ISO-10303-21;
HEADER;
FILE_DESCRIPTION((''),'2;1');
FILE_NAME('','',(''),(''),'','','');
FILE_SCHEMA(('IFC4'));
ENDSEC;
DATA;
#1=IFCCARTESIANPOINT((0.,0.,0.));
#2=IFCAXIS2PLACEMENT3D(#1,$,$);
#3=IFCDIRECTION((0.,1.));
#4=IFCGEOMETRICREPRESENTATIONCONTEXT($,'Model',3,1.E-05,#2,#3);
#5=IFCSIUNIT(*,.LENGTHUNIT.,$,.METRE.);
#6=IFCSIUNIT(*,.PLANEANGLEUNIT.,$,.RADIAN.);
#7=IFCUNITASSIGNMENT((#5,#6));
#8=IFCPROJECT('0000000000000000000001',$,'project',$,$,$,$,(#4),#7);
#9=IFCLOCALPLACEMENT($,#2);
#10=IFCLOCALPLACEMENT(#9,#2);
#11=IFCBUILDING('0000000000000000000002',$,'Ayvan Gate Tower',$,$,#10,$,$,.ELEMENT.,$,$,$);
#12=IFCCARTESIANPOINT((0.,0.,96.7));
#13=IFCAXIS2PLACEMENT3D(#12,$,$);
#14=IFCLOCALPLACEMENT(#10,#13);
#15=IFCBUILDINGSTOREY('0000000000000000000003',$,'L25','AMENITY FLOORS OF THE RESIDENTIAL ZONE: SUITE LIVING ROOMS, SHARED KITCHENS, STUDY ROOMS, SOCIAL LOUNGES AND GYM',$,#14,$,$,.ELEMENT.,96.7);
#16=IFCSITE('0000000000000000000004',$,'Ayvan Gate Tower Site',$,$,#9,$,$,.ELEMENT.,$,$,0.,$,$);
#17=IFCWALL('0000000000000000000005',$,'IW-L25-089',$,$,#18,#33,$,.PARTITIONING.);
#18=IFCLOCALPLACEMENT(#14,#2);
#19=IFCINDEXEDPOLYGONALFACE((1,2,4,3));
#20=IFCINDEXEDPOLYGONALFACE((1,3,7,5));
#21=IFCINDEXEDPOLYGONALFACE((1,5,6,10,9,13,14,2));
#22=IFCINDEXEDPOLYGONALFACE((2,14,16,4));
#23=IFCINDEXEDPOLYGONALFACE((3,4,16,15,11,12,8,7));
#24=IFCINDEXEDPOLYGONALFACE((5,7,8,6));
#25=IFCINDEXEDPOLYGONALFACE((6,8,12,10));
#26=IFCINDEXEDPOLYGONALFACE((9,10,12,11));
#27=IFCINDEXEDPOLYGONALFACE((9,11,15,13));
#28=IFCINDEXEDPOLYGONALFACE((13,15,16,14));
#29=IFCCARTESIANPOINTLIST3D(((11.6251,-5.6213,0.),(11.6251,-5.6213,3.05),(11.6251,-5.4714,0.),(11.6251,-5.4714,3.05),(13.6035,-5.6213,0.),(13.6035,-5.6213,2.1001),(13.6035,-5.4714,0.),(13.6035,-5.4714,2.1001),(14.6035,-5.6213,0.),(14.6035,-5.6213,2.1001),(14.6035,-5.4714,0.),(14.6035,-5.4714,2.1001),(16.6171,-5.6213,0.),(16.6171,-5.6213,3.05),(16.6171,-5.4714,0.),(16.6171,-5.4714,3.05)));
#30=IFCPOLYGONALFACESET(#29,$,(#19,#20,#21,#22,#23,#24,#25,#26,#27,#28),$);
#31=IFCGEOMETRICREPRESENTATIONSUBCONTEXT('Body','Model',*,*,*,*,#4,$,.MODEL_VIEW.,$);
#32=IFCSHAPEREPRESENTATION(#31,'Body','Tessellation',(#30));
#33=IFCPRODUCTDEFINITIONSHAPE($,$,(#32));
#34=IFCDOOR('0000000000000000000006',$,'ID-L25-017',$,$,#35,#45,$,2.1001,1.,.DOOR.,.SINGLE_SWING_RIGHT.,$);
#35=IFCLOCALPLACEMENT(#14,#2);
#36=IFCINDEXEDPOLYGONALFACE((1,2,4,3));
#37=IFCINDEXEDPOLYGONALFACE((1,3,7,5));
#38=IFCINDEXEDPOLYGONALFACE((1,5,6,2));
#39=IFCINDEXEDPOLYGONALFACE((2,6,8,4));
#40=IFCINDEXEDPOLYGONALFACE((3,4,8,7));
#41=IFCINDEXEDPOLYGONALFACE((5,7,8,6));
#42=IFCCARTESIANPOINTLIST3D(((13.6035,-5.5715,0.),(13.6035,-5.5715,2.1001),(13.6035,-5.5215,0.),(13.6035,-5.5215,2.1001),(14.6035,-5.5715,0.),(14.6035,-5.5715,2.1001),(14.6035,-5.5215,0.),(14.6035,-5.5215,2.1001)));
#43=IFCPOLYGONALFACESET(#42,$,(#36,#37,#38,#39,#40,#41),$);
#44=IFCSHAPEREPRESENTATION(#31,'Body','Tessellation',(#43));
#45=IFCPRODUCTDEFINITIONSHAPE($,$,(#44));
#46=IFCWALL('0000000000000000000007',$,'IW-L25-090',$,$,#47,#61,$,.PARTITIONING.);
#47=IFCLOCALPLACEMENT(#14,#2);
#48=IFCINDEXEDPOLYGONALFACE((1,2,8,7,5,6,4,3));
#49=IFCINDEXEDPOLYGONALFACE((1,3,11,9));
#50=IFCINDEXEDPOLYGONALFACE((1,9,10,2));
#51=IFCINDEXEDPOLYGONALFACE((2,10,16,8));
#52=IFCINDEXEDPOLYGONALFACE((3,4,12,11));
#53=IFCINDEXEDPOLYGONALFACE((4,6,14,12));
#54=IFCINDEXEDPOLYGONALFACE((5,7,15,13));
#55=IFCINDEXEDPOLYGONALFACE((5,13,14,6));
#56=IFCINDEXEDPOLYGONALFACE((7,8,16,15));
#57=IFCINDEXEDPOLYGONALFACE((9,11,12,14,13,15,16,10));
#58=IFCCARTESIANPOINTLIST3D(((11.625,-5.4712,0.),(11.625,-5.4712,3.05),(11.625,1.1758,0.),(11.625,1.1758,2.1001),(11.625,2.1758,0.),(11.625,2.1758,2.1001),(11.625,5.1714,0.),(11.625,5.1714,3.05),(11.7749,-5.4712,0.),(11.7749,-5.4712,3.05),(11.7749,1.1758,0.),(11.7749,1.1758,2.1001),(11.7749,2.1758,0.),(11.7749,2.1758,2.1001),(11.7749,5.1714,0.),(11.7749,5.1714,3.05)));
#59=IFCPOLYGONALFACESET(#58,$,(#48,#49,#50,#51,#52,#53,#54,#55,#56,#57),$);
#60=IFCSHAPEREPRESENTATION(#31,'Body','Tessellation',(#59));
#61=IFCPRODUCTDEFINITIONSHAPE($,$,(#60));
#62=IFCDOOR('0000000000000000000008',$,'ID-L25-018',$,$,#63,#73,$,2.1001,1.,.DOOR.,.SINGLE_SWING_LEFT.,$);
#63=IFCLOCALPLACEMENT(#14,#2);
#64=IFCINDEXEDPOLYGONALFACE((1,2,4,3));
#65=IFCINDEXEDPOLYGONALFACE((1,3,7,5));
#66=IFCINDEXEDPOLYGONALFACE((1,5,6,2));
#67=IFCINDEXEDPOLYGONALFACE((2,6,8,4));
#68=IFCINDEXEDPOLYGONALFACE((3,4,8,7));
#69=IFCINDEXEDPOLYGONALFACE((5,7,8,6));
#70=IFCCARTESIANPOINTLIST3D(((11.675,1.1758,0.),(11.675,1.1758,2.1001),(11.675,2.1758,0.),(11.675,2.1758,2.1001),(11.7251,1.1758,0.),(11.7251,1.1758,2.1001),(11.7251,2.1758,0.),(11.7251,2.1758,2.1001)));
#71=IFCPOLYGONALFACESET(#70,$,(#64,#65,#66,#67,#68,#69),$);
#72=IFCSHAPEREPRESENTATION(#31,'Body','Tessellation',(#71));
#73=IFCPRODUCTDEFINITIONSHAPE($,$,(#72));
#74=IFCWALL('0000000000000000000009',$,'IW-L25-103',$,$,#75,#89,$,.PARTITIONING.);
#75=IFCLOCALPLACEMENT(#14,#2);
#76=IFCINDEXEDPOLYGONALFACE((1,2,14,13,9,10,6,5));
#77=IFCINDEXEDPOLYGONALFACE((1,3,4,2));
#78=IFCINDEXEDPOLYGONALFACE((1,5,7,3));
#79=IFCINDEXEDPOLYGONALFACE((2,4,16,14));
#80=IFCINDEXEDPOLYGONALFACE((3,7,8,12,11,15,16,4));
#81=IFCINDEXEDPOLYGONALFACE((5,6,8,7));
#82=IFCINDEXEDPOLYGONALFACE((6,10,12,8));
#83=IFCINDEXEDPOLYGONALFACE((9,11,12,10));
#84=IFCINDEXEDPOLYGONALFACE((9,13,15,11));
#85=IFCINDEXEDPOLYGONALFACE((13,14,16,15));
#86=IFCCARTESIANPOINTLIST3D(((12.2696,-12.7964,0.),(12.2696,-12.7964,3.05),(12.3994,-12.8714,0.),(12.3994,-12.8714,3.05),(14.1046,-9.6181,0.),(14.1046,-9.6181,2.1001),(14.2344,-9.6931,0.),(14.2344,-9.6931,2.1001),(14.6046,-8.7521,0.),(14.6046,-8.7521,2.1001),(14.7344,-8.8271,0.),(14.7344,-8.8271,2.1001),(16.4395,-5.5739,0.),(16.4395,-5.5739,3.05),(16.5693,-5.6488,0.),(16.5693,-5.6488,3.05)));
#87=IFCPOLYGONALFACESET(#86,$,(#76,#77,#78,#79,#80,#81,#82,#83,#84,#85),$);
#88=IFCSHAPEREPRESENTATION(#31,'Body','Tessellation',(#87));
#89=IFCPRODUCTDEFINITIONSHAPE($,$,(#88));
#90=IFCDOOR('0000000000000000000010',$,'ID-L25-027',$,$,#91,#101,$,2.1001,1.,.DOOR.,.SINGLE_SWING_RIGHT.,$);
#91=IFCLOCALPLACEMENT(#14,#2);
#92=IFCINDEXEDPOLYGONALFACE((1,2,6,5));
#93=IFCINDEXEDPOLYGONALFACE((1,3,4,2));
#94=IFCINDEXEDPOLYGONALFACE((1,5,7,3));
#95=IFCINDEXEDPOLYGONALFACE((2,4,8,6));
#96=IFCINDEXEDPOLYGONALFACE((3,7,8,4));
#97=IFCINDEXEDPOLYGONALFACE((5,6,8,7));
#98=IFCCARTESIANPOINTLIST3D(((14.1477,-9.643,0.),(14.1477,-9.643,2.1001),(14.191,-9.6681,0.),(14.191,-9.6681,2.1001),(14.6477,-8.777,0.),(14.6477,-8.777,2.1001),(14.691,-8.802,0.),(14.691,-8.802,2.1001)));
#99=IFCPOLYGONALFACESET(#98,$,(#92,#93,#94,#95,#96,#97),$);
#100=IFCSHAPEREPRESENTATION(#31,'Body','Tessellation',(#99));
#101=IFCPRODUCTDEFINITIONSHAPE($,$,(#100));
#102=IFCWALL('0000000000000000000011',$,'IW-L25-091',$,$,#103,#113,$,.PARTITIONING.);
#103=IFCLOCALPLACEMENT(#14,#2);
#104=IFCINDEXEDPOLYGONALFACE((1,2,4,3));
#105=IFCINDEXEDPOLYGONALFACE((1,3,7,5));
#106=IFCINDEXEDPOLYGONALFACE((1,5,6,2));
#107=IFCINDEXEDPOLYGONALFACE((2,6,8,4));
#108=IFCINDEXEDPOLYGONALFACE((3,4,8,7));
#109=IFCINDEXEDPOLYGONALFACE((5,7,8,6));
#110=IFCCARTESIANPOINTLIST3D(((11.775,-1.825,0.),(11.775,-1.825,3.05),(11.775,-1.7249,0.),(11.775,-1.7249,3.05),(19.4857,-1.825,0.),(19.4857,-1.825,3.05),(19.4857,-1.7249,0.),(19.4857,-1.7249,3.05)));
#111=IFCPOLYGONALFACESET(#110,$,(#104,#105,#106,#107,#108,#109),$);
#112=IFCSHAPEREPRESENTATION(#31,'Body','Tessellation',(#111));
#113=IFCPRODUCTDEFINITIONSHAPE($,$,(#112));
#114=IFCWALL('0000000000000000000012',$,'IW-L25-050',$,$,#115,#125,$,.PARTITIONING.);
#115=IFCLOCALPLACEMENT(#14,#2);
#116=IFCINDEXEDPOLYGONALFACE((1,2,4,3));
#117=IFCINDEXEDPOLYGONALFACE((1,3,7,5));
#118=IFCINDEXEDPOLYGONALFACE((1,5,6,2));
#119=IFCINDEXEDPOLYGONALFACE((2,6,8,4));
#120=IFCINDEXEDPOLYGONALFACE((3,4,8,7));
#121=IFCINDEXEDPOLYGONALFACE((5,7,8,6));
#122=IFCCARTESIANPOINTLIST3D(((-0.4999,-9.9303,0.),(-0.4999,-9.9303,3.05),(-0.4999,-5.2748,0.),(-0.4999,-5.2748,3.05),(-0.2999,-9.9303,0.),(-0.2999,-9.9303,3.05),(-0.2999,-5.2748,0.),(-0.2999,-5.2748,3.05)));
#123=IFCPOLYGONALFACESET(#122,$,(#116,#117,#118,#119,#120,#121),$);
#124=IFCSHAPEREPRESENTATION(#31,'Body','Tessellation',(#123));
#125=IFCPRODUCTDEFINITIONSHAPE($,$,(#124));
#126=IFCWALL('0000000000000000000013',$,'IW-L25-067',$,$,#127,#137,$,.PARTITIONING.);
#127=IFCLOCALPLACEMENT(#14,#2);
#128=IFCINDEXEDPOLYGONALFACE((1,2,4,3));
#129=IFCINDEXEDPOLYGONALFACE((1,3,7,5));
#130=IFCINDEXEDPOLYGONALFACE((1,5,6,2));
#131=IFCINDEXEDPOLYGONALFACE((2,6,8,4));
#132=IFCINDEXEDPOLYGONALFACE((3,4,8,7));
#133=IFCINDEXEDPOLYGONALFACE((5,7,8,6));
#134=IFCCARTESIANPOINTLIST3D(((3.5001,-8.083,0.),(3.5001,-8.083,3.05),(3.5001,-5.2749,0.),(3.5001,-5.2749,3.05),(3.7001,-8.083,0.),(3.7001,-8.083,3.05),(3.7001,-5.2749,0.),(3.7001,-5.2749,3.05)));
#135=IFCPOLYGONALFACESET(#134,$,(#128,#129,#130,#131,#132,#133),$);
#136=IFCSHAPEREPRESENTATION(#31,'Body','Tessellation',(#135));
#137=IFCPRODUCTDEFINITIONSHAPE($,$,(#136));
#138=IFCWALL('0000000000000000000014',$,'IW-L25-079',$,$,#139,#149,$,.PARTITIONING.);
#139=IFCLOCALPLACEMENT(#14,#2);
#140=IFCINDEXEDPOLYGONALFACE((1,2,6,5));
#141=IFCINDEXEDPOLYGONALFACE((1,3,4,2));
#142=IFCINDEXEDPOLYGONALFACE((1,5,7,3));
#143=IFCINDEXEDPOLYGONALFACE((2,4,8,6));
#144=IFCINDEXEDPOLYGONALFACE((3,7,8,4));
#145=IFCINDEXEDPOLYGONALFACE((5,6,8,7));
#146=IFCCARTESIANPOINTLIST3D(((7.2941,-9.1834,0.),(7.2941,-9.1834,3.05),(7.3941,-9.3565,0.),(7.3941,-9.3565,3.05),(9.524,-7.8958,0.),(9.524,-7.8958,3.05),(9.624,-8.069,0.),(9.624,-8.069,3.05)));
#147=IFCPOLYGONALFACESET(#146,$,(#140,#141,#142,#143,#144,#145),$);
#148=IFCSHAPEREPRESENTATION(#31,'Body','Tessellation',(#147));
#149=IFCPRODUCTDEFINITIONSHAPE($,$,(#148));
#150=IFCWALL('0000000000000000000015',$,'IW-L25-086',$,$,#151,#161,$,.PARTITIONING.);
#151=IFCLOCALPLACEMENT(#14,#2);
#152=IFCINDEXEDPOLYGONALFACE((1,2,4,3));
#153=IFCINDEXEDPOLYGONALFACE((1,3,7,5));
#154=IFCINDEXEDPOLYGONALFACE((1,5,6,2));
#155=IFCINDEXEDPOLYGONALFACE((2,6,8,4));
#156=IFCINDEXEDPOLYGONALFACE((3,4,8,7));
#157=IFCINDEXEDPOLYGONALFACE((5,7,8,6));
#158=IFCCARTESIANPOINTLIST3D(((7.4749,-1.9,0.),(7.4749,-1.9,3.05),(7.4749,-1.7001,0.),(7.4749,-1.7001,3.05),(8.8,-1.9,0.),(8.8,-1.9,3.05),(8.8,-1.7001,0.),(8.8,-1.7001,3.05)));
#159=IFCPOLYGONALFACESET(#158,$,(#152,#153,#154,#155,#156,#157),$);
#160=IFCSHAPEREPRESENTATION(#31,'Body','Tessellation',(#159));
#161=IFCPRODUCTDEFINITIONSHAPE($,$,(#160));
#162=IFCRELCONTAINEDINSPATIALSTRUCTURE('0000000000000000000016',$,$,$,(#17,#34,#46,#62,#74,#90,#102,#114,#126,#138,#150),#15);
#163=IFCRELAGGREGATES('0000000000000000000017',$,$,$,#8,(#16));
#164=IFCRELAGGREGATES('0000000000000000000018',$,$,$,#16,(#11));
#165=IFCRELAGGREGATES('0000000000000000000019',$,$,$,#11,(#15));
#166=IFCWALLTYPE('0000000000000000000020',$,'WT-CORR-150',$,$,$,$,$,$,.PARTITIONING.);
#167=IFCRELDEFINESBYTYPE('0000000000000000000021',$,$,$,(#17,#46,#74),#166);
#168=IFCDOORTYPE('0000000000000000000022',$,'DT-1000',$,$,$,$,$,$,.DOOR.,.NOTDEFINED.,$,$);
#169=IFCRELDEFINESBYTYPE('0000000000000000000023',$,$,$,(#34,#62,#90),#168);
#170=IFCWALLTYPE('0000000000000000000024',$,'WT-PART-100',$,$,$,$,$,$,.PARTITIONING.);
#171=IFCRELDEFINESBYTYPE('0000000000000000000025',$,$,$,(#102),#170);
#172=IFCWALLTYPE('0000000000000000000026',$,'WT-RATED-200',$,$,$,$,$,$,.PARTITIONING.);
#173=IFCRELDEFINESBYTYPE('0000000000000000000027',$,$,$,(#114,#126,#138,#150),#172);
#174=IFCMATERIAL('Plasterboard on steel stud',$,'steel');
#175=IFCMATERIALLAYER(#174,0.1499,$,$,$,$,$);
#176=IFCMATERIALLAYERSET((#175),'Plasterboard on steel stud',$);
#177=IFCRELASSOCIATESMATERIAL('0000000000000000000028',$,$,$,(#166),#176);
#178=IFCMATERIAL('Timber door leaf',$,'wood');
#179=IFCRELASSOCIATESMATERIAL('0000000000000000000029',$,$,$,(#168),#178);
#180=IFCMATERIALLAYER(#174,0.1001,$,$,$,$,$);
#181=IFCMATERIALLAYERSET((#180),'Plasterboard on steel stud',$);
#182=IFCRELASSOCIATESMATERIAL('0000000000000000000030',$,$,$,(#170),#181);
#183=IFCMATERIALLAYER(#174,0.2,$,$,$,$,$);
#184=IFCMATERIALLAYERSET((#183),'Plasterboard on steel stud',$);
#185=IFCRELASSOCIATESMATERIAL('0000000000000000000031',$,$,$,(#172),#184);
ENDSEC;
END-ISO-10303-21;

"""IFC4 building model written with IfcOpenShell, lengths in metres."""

from ifc_helpers import new_model, si_unit, direction, frame, frame_2d, origin, place, context, subcontext, project, spatial, rectangle, extrude, material, layer, layer_set, type_object, element, fill, save


model = new_model("IFC4")

# Units and contexts
model_context = context("Model", 3, precision=1e-05, world=origin(), true_north=direction((0.0, 1.0)))
body_context = subcontext(model_context, "Body", "Model", "MODEL_VIEW")
ifc_project = project(units=[si_unit("LENGTHUNIT", "METRE"), si_unit("PLANEANGLEUNIT", "RADIAN")], contexts=[model_context])

# Site, building, storey
site_placement = place(None, origin())
site = spatial("IfcSite", under=ifc_project, at=site_placement, Name="Ayvan Gate Tower Site", CompositionType="ELEMENT", RefElevation=0.0)
building_placement = place(site_placement, origin())
building = spatial("IfcBuilding", under=site, at=building_placement, Name="Ayvan Gate Tower", CompositionType="ELEMENT")
storey_placement = place(building_placement, frame((0.0, 0.0, 96.7)))
storey = spatial("IfcBuildingStorey", under=building, at=storey_placement, Name="L25", Description="AMENITY FLOORS OF THE RESIDENTIAL ZONE: SUITE LIVING ROOMS, SHARED KITCHENS, STUDY ROOMS, SOCIAL LOUNGES AND GYM", CompositionType="ELEMENT", Elevation=96.7)

# Shared definitions
ifc_material_1 = material(Name="Timber door leaf", Category="wood")

# Walls, openings, doors
ifc_material_2 = material(Name="Plasterboard on steel stud", Category="steel")
ifc_layer_1 = layer(ifc_material_2, 0.1499)
ifc_layer_set_1 = layer_set([ifc_layer_1], Name="Plasterboard on steel stud")
wall_type_1 = type_object("IfcWallType", Name="WT-CORR-150", PredefinedType="PARTITIONING", material=ifc_layer_set_1)
wall_1_placement = place(storey_placement, frame((11.625, -5.5464, 0.0), z_axis=(0.0, 0.0, 1.0), x_axis=(1.0, 0.0, 0.0)))
wall_1 = element("IfcWall", 1, at=wall_1_placement, inside=storey, type_object=wall_type_1, Name="IW-L25-089", PredefinedType="PARTITIONING", context=body_context, shape_type="SweptSolid", body=[
    extrude(rectangle(XDim=4.9919, YDim=0.1499, at=frame_2d((2.4961, 0.0))), origin(), (0.0, 0.0, 1.0), 3.05),
])
opening_1_placement = place(wall_1_placement, frame((1.9785, 0.0, 0.0)))
opening_1 = element("IfcOpeningElement", 2, at=opening_1_placement, cuts=wall_1, PredefinedType="OPENING", context=body_context, shape_type="SweptSolid", body=[
    extrude(rectangle(XDim=1.0, YDim=2.1001, at=frame_2d((0.5, 1.05))), frame((0.0, 0.085, 0.0), z_axis=(0.0, -1.0, 0.0), x_axis=(1.0, 0.0, 0.0)), (0.0, 0.0, 1.0), 0.1699),
])
door_type_1 = type_object("IfcDoorType", Name="DT-1000", OperationType="NOTDEFINED", PredefinedType="DOOR", material=ifc_material_1)
door_1_placement = place(opening_1_placement, origin())
door_1 = element("IfcDoor", 3, at=door_1_placement, inside=storey, type_object=door_type_1, Name="ID-L25-017", OperationType="SINGLE_SWING_RIGHT", OverallHeight=2.1001, OverallWidth=1.0, PredefinedType="DOOR", context=body_context, shape_type="SweptSolid", body=[
    extrude(rectangle(XDim=1.0, YDim=2.1001, at=frame_2d((0.5, 1.05))), frame((0.0, 0.0249, 0.0), z_axis=(0.0, -1.0, 0.0), x_axis=(1.0, 0.0, 0.0)), (0.0, 0.0, 1.0), 0.05),
])
fill(opening_1, door_1)
wall_2_placement = place(storey_placement, frame((11.7, -5.4712, 0.0), z_axis=(0.0, 0.0, 1.0), x_axis=(0.0, 1.0, 0.0)))
wall_2 = element("IfcWall", 4, at=wall_2_placement, inside=storey, type_object=wall_type_1, Name="IW-L25-090", PredefinedType="PARTITIONING", context=body_context, shape_type="SweptSolid", body=[
    extrude(rectangle(XDim=10.6426, YDim=0.1499, at=frame_2d((5.3213, 0.0))), origin(), (0.0, 0.0, 1.0), 3.05),
])
opening_2_placement = place(wall_2_placement, frame((6.647, 0.0, 0.0)))
opening_2 = element("IfcOpeningElement", 5, at=opening_2_placement, cuts=wall_2, PredefinedType="OPENING", context=body_context, shape_type="SweptSolid", body=[
    extrude(rectangle(XDim=1.0, YDim=2.1001, at=frame_2d((0.5, 1.05))), frame((0.0, 0.085, 0.0), z_axis=(0.0, -1.0, 0.0), x_axis=(1.0, 0.0, 0.0)), (0.0, 0.0, 1.0), 0.1699),
])
door_2_placement = place(opening_2_placement, origin())
door_2 = element("IfcDoor", 6, at=door_2_placement, inside=storey, type_object=door_type_1, Name="ID-L25-018", OperationType="SINGLE_SWING_LEFT", OverallHeight=2.1001, OverallWidth=1.0, PredefinedType="DOOR", context=body_context, shape_type="SweptSolid", body=[
    extrude(rectangle(XDim=1.0, YDim=2.1001, at=frame_2d((0.5, 1.05))), frame((0.0, 0.0249, 0.0), z_axis=(0.0, -1.0, 0.0), x_axis=(1.0, 0.0, 0.0)), (0.0, 0.0, 1.0), 0.05),
])
fill(opening_2, door_2)
wall_3_placement = place(storey_placement, frame((16.5044, -5.6113, 0.0), z_axis=(0.0, 0.0, 1.0), x_axis=(-0.499993, -0.86603, 0.0)))
wall_3 = element("IfcWall", 7, at=wall_3_placement, inside=storey, type_object=wall_type_1, Name="IW-L25-103", PredefinedType="PARTITIONING", context=body_context, shape_type="SweptSolid", body=[
    extrude(rectangle(XDim=8.3398, YDim=0.1499, at=frame_2d((4.1699, 0.0))), origin(), (0.0, 0.0, 1.0), 3.05),
])
opening_3_placement = place(wall_3_placement, frame((3.6699, 0.0, 0.0)))
opening_3 = element("IfcOpeningElement", 8, at=opening_3_placement, cuts=wall_3, PredefinedType="OPENING", context=body_context, shape_type="SweptSolid", body=[
    extrude(rectangle(XDim=1.0, YDim=2.1001, at=frame_2d((0.5, 1.05))), frame((0.0, 0.085, 0.0), z_axis=(0.0, -1.0, 0.0), x_axis=(1.0, 0.0, 0.0)), (0.0, 0.0, 1.0), 0.1699),
])
door_3_placement = place(opening_3_placement, origin())
door_3 = element("IfcDoor", 9, at=door_3_placement, inside=storey, type_object=door_type_1, Name="ID-L25-027", OperationType="SINGLE_SWING_RIGHT", OverallHeight=2.1001, OverallWidth=1.0, PredefinedType="DOOR", context=body_context, shape_type="SweptSolid", body=[
    extrude(rectangle(XDim=1.0, YDim=2.1001, at=frame_2d((0.5, 1.05))), frame((0.0, 0.0249, 0.0), z_axis=(0.0, -1.0, 0.0), x_axis=(1.0, 0.0, 0.0)), (0.0, 0.0, 1.0), 0.05),
])
fill(opening_3, door_3)

# Walls
ifc_layer_2 = layer(ifc_material_2, 0.1001)
ifc_layer_set_2 = layer_set([ifc_layer_2], Name="Plasterboard on steel stud")
wall_type_2 = type_object("IfcWallType", Name="WT-PART-100", PredefinedType="PARTITIONING", material=ifc_layer_set_2)
wall_4_placement = place(storey_placement, frame((11.7749, -1.7749, 0.0), z_axis=(0.0, 0.0, 1.0), x_axis=(1.0, 0.0, 0.0)))
element("IfcWall", 10, at=wall_4_placement, inside=storey, type_object=wall_type_2, Name="IW-L25-091", PredefinedType="PARTITIONING", context=body_context, shape_type="SweptSolid", body=[
    extrude(rectangle(XDim=7.7107, YDim=0.1001, at=frame_2d((3.8555, 0.0))), origin(), (0.0, 0.0, 1.0), 3.05),
])
ifc_layer_3 = layer(ifc_material_2, 0.2)
ifc_layer_set_3 = layer_set([ifc_layer_3], Name="Plasterboard on steel stud")
wall_type_3 = type_object("IfcWallType", Name="WT-RATED-200", PredefinedType="PARTITIONING", material=ifc_layer_set_3)
wall_5_placement = place(storey_placement, frame((-0.3999, -5.2749, 0.0), z_axis=(0.0, 0.0, 1.0), x_axis=(0.0, -1.0, 0.0)))
element("IfcWall", 11, at=wall_5_placement, inside=storey, type_object=wall_type_3, Name="IW-L25-050", PredefinedType="PARTITIONING", context=body_context, shape_type="SweptSolid", body=[
    extrude(rectangle(XDim=4.6555, YDim=0.2, at=frame_2d((2.3276, 0.0))), origin(), (0.0, 0.0, 1.0), 3.05),
])
wall_6_placement = place(storey_placement, frame((3.6001, -5.2749, 0.0), z_axis=(0.0, 0.0, 1.0), x_axis=(0.0, -1.0, 0.0)))
element("IfcWall", 12, at=wall_6_placement, inside=storey, type_object=wall_type_3, Name="IW-L25-067", PredefinedType="PARTITIONING", context=body_context, shape_type="SweptSolid", body=[
    extrude(rectangle(XDim=2.8081, YDim=0.2, at=frame_2d((1.4041, 0.0))), origin(), (0.0, 0.0, 1.0), 3.05),
])
wall_7_placement = place(storey_placement, frame((7.344, -9.27, 0.0), z_axis=(0.0, 0.0, 1.0), x_axis=(0.866006, 0.500034, 0.0)))
element("IfcWall", 13, at=wall_7_placement, inside=storey, type_object=wall_type_3, Name="IW-L25-079", PredefinedType="PARTITIONING", context=body_context, shape_type="SweptSolid", body=[
    extrude(rectangle(XDim=2.575, YDim=0.2, at=frame_2d((1.2876, 0.0))), origin(), (0.0, 0.0, 1.0), 3.05),
])
wall_8_placement = place(storey_placement, frame((8.8, -1.8, 0.0), z_axis=(0.0, 0.0, 1.0), x_axis=(-1.0, 0.0, 0.0)))
element("IfcWall", 14, at=wall_8_placement, inside=storey, type_object=wall_type_3, Name="IW-L25-086", PredefinedType="PARTITIONING", context=body_context, shape_type="SweptSolid", body=[
    extrude(rectangle(XDim=1.3252, YDim=0.2, at=frame_2d((0.6626, 0.0))), origin(), (0.0, 0.0, 1.0), 3.05),
])

save(model, "model.ifc")
